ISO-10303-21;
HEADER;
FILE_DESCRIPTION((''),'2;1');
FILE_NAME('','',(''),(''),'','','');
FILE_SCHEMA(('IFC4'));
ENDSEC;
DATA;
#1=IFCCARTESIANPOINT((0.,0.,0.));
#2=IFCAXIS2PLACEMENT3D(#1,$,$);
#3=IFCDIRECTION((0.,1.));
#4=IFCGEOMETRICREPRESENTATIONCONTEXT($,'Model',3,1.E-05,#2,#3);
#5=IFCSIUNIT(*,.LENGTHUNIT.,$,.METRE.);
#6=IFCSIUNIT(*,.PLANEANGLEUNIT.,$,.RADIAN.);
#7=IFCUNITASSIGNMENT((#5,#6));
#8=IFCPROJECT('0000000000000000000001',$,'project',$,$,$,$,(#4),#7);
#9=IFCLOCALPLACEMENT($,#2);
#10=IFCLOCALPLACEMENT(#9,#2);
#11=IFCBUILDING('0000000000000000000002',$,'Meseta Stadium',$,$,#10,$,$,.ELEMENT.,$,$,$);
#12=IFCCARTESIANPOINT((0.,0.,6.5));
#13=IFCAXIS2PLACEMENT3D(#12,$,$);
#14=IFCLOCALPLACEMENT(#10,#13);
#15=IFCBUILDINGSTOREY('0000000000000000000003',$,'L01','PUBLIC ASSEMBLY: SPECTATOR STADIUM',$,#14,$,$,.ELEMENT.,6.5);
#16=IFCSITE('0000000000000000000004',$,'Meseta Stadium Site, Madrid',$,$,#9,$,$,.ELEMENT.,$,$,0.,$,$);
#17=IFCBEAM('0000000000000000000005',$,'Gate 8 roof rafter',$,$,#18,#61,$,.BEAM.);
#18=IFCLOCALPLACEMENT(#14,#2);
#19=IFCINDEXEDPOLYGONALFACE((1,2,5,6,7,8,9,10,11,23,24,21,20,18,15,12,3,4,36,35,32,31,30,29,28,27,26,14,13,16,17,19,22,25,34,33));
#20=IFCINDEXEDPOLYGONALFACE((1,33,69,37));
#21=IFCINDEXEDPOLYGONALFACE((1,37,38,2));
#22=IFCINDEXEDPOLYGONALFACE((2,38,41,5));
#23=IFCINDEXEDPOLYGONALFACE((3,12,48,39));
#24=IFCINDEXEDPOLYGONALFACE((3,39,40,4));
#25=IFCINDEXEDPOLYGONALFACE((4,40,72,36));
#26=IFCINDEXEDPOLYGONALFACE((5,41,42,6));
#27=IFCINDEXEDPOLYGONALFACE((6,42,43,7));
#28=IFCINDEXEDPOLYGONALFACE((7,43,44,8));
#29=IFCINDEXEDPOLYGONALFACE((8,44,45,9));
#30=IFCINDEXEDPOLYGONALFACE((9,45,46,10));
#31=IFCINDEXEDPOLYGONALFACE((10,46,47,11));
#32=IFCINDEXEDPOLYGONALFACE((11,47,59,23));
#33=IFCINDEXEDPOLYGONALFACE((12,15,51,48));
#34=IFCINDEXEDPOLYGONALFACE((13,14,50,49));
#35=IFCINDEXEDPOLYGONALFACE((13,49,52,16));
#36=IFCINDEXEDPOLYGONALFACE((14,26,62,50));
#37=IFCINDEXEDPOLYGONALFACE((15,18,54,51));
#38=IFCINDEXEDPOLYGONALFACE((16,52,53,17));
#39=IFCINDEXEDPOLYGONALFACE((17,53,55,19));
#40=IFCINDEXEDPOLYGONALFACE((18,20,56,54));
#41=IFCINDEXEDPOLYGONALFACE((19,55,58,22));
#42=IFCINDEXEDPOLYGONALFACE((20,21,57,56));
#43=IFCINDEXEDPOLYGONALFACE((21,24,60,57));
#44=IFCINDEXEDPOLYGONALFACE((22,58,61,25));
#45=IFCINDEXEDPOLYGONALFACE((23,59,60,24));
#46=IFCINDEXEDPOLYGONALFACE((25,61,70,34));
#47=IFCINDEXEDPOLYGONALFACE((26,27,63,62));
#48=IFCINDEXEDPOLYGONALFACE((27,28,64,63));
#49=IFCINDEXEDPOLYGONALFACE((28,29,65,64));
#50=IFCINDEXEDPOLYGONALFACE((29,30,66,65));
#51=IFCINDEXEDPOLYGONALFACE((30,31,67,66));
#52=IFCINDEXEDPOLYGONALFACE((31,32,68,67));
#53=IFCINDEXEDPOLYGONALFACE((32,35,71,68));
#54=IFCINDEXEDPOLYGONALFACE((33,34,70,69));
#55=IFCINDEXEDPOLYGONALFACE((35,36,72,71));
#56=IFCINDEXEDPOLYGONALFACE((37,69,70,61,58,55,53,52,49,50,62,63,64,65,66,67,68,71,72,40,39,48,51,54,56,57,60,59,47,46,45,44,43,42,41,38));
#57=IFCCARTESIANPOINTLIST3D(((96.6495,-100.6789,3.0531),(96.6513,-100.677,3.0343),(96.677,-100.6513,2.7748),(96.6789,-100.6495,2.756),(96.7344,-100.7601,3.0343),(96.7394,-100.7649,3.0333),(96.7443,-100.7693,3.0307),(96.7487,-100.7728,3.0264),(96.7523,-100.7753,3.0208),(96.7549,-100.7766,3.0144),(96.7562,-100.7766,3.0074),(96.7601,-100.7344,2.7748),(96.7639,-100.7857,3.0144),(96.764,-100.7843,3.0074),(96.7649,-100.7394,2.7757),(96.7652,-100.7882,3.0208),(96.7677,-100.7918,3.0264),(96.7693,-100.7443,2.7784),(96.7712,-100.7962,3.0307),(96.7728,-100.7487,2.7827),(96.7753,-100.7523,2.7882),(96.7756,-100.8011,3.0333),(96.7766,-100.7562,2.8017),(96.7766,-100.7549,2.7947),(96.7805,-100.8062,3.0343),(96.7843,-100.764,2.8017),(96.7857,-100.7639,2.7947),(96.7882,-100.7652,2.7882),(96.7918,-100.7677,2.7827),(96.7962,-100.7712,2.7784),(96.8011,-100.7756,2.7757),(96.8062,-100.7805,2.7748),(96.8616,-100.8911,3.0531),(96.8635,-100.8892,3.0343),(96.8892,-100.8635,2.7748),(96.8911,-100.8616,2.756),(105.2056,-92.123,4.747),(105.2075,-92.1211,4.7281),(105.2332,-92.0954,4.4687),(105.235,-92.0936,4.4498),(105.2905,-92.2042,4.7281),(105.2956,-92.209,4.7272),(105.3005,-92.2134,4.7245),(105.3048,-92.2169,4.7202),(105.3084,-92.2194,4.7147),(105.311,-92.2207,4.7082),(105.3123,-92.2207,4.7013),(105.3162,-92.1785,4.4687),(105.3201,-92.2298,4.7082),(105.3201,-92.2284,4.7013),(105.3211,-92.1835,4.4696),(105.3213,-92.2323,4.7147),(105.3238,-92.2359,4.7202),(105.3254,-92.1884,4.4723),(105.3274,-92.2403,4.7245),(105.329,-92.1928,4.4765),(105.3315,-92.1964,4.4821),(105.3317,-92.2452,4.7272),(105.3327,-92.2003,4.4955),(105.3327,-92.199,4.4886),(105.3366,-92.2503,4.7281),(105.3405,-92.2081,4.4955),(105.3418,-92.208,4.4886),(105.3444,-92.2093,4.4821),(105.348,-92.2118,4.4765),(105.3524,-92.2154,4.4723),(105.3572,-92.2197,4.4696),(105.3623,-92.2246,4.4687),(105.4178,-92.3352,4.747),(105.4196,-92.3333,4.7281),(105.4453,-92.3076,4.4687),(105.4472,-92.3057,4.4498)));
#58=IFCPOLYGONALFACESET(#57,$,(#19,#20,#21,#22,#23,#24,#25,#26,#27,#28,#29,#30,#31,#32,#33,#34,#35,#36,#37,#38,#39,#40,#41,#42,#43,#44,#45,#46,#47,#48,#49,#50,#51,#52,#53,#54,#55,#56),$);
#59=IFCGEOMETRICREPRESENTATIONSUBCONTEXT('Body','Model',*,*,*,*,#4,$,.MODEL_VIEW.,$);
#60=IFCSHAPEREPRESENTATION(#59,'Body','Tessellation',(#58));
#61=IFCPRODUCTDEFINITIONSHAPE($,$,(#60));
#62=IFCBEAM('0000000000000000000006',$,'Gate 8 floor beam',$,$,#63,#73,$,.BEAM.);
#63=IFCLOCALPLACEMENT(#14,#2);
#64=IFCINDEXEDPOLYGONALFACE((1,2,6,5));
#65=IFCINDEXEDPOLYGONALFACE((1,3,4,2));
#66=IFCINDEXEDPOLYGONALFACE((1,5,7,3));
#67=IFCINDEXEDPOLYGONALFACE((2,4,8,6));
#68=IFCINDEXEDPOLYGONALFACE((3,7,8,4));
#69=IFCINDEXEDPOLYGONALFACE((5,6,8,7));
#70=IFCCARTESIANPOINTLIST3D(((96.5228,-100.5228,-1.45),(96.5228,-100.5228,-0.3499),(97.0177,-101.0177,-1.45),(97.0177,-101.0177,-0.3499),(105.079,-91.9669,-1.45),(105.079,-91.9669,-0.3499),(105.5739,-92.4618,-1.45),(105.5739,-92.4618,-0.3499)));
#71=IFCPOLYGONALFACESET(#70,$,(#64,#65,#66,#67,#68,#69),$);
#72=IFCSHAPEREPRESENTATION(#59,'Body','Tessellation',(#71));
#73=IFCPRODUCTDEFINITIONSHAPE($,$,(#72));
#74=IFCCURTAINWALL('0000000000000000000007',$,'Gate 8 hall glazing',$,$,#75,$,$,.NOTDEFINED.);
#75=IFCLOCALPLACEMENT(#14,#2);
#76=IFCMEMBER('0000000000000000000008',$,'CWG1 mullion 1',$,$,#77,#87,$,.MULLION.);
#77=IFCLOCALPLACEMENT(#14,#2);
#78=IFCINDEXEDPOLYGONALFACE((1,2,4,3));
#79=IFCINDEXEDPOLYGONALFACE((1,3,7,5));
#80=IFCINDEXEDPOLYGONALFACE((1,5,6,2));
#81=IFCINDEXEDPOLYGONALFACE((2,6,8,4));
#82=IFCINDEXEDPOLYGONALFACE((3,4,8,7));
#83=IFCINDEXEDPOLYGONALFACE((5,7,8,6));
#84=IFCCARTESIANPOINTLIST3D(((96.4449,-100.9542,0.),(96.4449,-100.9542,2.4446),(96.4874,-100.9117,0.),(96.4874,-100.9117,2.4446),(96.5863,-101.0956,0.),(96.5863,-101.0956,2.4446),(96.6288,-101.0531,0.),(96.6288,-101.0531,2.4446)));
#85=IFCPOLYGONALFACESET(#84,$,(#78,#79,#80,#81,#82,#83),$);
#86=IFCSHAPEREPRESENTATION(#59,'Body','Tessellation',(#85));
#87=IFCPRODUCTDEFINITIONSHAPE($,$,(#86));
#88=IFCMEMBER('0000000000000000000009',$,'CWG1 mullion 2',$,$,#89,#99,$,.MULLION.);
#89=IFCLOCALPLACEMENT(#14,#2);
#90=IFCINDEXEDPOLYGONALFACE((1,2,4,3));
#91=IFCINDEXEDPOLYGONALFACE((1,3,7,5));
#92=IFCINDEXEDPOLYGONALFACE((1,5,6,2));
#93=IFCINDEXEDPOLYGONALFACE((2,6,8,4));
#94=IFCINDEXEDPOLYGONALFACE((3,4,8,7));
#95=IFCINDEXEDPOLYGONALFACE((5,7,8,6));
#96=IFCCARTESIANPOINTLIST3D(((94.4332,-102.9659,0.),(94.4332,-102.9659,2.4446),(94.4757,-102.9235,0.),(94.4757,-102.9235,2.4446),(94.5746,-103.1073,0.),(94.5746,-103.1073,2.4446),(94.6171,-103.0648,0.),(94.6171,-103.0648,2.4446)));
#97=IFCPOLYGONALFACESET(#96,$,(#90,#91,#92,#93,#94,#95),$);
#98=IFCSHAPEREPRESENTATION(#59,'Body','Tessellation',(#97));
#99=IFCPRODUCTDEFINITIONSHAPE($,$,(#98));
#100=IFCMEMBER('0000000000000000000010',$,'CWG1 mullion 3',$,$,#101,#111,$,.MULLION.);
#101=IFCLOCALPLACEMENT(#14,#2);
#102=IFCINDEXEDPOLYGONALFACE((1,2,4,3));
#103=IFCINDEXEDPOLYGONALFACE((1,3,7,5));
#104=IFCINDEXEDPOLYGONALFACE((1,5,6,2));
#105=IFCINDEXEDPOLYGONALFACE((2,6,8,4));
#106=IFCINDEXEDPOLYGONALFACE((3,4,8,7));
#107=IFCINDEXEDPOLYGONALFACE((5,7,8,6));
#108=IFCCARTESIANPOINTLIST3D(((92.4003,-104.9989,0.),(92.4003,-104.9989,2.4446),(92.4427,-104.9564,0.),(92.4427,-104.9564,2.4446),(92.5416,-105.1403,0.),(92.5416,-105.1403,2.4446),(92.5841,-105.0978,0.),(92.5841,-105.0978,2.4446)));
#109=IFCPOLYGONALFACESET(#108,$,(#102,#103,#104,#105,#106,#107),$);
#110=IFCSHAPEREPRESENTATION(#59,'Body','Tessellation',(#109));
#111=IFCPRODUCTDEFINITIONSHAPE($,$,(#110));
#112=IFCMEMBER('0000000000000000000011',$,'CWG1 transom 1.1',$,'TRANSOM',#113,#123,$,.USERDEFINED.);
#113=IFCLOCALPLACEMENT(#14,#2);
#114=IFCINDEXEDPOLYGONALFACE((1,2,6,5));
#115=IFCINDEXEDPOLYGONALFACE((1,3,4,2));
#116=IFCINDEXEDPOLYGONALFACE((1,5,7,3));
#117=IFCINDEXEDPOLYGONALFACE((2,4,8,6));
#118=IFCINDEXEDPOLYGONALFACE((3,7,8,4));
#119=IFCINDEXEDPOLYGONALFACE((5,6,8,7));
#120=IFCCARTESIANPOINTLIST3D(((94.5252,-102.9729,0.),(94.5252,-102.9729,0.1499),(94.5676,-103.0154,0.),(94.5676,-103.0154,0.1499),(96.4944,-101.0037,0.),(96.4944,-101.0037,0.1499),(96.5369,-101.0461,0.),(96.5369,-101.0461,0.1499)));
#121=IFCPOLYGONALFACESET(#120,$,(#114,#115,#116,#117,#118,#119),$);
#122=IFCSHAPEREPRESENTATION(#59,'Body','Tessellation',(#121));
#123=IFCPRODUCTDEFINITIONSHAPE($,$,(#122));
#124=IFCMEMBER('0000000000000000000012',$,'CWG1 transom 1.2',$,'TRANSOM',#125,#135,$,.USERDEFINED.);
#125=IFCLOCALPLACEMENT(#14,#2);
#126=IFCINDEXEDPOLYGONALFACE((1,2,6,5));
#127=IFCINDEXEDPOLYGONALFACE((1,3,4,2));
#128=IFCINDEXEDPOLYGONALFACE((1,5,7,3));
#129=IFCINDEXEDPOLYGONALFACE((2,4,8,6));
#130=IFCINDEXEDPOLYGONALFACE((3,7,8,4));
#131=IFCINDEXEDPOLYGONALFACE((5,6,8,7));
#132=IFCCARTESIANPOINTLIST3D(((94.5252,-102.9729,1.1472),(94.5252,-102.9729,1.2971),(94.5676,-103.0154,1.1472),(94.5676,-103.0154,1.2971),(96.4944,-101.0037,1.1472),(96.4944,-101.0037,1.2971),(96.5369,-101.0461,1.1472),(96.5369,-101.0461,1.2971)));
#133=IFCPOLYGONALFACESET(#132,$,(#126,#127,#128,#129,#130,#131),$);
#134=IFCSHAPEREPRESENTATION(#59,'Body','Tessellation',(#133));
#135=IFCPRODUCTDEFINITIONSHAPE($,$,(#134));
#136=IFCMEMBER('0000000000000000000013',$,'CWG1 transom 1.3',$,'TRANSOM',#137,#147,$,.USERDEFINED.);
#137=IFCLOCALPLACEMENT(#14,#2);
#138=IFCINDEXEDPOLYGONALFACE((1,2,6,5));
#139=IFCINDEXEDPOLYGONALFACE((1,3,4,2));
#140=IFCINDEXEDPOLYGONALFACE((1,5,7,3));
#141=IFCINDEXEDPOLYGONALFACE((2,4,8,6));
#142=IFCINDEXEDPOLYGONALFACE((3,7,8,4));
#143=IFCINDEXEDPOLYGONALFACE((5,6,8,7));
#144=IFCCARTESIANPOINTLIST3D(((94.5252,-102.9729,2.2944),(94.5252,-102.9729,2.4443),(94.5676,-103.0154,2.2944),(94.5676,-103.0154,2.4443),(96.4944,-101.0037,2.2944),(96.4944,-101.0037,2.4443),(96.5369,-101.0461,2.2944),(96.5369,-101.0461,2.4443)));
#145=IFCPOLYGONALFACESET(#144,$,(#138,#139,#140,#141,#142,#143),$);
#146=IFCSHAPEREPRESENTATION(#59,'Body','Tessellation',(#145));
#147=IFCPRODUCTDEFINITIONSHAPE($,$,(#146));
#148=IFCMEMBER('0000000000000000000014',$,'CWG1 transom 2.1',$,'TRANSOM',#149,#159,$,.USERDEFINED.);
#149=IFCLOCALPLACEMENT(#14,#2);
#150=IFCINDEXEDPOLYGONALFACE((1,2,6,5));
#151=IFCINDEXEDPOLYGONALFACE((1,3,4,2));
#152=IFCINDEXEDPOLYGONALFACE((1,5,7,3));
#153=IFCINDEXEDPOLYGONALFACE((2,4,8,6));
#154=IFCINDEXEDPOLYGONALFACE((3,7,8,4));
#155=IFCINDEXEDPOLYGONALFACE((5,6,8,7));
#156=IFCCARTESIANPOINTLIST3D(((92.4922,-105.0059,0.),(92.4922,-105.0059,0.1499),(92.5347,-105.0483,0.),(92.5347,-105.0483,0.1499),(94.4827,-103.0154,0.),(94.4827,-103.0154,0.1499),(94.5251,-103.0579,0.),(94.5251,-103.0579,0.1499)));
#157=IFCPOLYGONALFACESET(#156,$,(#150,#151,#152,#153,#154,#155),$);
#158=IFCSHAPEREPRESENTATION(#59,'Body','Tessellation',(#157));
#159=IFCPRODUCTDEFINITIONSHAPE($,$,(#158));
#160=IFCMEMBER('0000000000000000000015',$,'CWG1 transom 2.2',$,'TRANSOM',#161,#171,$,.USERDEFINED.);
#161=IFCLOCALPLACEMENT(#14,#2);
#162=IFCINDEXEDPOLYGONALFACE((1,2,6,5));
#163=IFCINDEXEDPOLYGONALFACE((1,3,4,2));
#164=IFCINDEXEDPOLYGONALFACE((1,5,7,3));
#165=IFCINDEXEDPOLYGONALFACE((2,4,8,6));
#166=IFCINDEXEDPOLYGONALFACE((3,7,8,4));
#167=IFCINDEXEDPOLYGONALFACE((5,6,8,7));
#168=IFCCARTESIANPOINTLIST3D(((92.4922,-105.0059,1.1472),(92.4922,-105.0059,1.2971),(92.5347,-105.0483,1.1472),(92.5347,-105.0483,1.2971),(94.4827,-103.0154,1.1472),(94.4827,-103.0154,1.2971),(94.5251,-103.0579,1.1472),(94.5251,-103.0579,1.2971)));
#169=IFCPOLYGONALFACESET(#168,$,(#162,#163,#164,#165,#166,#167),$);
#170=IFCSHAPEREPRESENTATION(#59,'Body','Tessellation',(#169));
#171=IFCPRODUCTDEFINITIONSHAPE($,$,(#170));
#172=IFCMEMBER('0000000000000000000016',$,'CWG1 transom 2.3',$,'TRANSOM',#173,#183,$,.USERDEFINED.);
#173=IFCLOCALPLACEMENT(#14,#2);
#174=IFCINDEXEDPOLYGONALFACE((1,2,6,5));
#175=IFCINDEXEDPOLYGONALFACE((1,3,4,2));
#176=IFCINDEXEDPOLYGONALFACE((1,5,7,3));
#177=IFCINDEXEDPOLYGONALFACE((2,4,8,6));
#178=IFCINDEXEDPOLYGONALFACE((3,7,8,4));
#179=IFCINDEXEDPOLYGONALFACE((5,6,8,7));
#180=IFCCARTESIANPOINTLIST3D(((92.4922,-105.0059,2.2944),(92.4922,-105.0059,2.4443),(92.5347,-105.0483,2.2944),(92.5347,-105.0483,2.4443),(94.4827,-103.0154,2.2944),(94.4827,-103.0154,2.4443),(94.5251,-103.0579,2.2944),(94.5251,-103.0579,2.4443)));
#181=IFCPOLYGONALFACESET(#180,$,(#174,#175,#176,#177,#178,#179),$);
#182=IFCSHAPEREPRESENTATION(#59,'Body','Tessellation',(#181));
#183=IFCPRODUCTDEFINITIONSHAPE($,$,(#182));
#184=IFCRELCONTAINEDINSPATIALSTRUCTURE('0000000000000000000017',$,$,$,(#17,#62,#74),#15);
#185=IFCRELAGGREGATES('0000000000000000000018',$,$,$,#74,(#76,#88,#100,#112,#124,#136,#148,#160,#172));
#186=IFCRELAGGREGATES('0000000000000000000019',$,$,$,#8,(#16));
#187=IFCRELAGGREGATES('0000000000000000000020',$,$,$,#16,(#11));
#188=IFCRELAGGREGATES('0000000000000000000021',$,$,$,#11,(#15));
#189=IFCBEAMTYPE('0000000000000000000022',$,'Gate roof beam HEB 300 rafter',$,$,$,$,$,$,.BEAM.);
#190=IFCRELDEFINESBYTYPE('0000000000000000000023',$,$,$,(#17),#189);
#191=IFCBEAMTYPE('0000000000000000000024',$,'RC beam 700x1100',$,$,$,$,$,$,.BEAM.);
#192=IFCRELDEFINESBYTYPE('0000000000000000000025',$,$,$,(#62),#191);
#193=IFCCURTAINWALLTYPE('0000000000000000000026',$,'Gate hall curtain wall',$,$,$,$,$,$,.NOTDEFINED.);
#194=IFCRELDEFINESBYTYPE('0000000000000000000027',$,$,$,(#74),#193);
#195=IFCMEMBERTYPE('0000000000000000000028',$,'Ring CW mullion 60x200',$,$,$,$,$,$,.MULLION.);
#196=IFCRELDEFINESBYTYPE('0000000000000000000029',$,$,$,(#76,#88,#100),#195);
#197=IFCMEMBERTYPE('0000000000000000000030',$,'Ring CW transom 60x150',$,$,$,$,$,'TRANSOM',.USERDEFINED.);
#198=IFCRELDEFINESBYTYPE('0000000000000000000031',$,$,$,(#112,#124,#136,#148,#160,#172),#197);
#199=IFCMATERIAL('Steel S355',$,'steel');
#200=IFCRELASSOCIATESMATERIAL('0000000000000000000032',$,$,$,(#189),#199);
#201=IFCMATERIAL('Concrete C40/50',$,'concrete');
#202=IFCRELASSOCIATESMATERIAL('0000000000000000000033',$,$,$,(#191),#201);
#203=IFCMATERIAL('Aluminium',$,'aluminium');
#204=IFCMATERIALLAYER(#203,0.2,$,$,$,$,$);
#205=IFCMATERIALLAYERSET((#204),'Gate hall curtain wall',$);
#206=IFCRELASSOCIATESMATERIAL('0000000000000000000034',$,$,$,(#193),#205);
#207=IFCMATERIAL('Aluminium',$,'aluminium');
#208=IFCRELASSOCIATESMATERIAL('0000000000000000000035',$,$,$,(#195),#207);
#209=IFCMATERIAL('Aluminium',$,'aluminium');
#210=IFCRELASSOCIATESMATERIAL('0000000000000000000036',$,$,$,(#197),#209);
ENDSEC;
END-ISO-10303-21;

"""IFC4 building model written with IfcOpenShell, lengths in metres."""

from ifc_helpers import new_model, si_unit, direction, frame, origin, origin_2d, place, context, subcontext, project, spatial, rectangle, i_section, extrude, material, layer, layer_set, material_profile, profile_set, type_object, element, aggregate, save


model = new_model("IFC4")

# Units and contexts
model_context = context("Model", 3, precision=1e-05, world=origin(), true_north=direction((0.0, 1.0)))
body_context = subcontext(model_context, "Body", "Model", "MODEL_VIEW")
ifc_project = project(units=[si_unit("LENGTHUNIT", "METRE"), si_unit("PLANEANGLEUNIT", "RADIAN")], contexts=[model_context])

# Site, building, storey
site_placement = place(None, origin())
site = spatial("IfcSite", under=ifc_project, at=site_placement, Name="Meseta Stadium Site, Madrid", CompositionType="ELEMENT", RefElevation=0.0)
building_placement = place(site_placement, origin())
building = spatial("IfcBuilding", under=site, at=building_placement, Name="Meseta Stadium", CompositionType="ELEMENT")
storey_placement = place(building_placement, frame((0.0, 0.0, 6.5)))
storey = spatial("IfcBuildingStorey", under=building, at=storey_placement, Name="L01", Description="PUBLIC ASSEMBLY: SPECTATOR STADIUM", CompositionType="ELEMENT", Elevation=6.5)

# Beams
ifc_material_1 = material(Name="Steel S355", Category="steel")
ifc_material_profile_1 = material_profile(ifc_material_1, i_section(OverallWidth=0.3, OverallDepth=0.3, WebThickness=0.011, FlangeThickness=0.019, FilletRadius=0.0271, at=origin_2d()), Name="HEB 300")
ifc_profile_set_1 = profile_set([ifc_material_profile_1], Name="Steel S355")
beam_type_1 = type_object("IfcBeamType", Name="Gate roof beam HEB 300 rafter", PredefinedType="BEAM", material=ifc_profile_set_1)
beam_1_placement = place(storey_placement, frame((96.7703, -100.7703, 2.9045), z_axis=(0.700289, 0.700269, 0.138635), x_axis=(-0.707097, 0.707117, 0.0)))
element("IfcBeam", 1, at=beam_1_placement, inside=storey, type_object=beam_type_1, Name="Gate 8 roof rafter", PredefinedType="BEAM", context=body_context, shape_type="SweptSolid", body=[
    extrude(i_section(OverallWidth=0.3, OverallDepth=0.3, WebThickness=0.011, FlangeThickness=0.019, FilletRadius=0.0271, at=origin_2d()), origin(), (0.0, 0.0, 1.0), 12.218),
])
ifc_material_2 = material(Name="Concrete C40/50", Category="concrete")
ifc_material_profile_2 = material_profile(ifc_material_2, rectangle(XDim=0.7, YDim=1.1001, at=origin_2d()), Name="RC 700x1100")
ifc_profile_set_2 = profile_set([ifc_material_profile_2], Name="Concrete C40/50")
beam_type_2 = type_object("IfcBeamType", Name="RC beam 700x1100", PredefinedType="BEAM", material=ifc_profile_set_2)
beam_2_placement = place(storey_placement, frame((96.7703, -100.7703, -0.8999), z_axis=(0.707117, 0.707097, 0.0), x_axis=(-0.707097, 0.707117, 0.0)))
element("IfcBeam", 2, at=beam_2_placement, inside=storey, type_object=beam_type_2, Name="Gate 8 floor beam", PredefinedType="BEAM", context=body_context, shape_type="SweptSolid", body=[
    extrude(rectangle(XDim=0.7, YDim=1.1001, at=origin_2d()), origin(), (0.0, 0.0, 1.0), 12.1001),
])

# Curtain wall, members
ifc_material_3 = material(Name="Aluminium", Category="aluminium")
ifc_layer_1 = layer(ifc_material_3, 0.2)
ifc_layer_set_1 = layer_set([ifc_layer_1], Name="Gate hall curtain wall")
curtain_wall_type = type_object("IfcCurtainWallType", Name="Gate hall curtain wall", PredefinedType="NOTDEFINED", material=ifc_layer_set_1)
curtain_wall_placement = place(storey_placement, origin())
curtain_wall = element("IfcCurtainWall", 3, at=curtain_wall_placement, inside=storey, type_object=curtain_wall_type, Name="Gate 8 hall glazing", PredefinedType="NOTDEFINED")
ifc_material_4 = material(Name="Aluminium", Category="aluminium")
ifc_material_profile_3 = material_profile(ifc_material_4, rectangle(XDim=0.2, YDim=0.0601, at=origin_2d()), Name="CW 200x60")
ifc_profile_set_3 = profile_set([ifc_material_profile_3], Name="Aluminium")
member_type_1 = type_object("IfcMemberType", Name="Ring CW mullion 60x200", PredefinedType="MULLION", material=ifc_profile_set_3)
member_1_placement = place(storey_placement, frame((96.5369, -101.0037, 0.0), z_axis=(0.0, 0.0, 1.0), x_axis=(0.707107, -0.707107, 0.0)))
member_1 = element("IfcMember", 4, at=member_1_placement, type_object=member_type_1, Name="CWG1 mullion 1", PredefinedType="MULLION", context=body_context, shape_type="SweptSolid", body=[
    extrude(rectangle(XDim=0.2, YDim=0.0601, at=origin_2d()), origin(), (0.0, 0.0, 1.0), 2.4446),
])
member_2_placement = place(storey_placement, frame((94.5251, -103.0154, 0.0), z_axis=(0.0, 0.0, 1.0), x_axis=(0.707107, -0.707107, 0.0)))
member_2 = element("IfcMember", 5, at=member_2_placement, type_object=member_type_1, Name="CWG1 mullion 2", PredefinedType="MULLION", context=body_context, shape_type="SweptSolid", body=[
    extrude(rectangle(XDim=0.2, YDim=0.0601, at=origin_2d()), origin(), (0.0, 0.0, 1.0), 2.4446),
])
member_3_placement = place(storey_placement, frame((92.4922, -105.0483, 0.0), z_axis=(0.0, 0.0, 1.0), x_axis=(0.707107, -0.707107, 0.0)))
member_3 = element("IfcMember", 6, at=member_3_placement, type_object=member_type_1, Name="CWG1 mullion 3", PredefinedType="MULLION", context=body_context, shape_type="SweptSolid", body=[
    extrude(rectangle(XDim=0.2, YDim=0.0601, at=origin_2d()), origin(), (0.0, 0.0, 1.0), 2.4446),
])
ifc_material_5 = material(Name="Aluminium", Category="aluminium")
ifc_material_profile_4 = material_profile(ifc_material_5, rectangle(XDim=0.0601, YDim=0.1499, at=origin_2d()), Name="CW 60x150")
ifc_profile_set_4 = profile_set([ifc_material_profile_4], Name="Aluminium")
member_type_2 = type_object("IfcMemberType", Name="Ring CW transom 60x150", ElementType="TRANSOM", PredefinedType="USERDEFINED", material=ifc_profile_set_4)
member_4_placement = place(storey_placement, frame((96.5156, -101.0249, 0.075), z_axis=(-0.707107, -0.707107, 0.0), x_axis=(0.707107, -0.707107, 0.0)))
member_4 = element("IfcMember", 7, at=member_4_placement, type_object=member_type_2, Name="CWG1 transom 1.1", ObjectType="TRANSOM", PredefinedType="USERDEFINED", context=body_context, shape_type="SweptSolid", body=[
    extrude(rectangle(XDim=0.0601, YDim=0.1499, at=origin_2d()), origin(), (0.0, 0.0, 1.0), 2.7849),
])
member_5_placement = place(storey_placement, frame((96.5156, -101.0249, 1.2222), z_axis=(-0.707107, -0.707107, 0.0), x_axis=(0.707107, -0.707107, 0.0)))
member_5 = element("IfcMember", 8, at=member_5_placement, type_object=member_type_2, Name="CWG1 transom 1.2", ObjectType="TRANSOM", PredefinedType="USERDEFINED", context=body_context, shape_type="SweptSolid", body=[
    extrude(rectangle(XDim=0.0601, YDim=0.1499, at=origin_2d()), origin(), (0.0, 0.0, 1.0), 2.7849),
])
member_6_placement = place(storey_placement, frame((96.5156, -101.0249, 2.3694), z_axis=(-0.707107, -0.707107, 0.0), x_axis=(0.707107, -0.707107, 0.0)))
member_6 = element("IfcMember", 9, at=member_6_placement, type_object=member_type_2, Name="CWG1 transom 1.3", ObjectType="TRANSOM", PredefinedType="USERDEFINED", context=body_context, shape_type="SweptSolid", body=[
    extrude(rectangle(XDim=0.0601, YDim=0.1499, at=origin_2d()), origin(), (0.0, 0.0, 1.0), 2.7849),
])
member_7_placement = place(storey_placement, frame((94.5039, -103.0366, 0.075), z_axis=(-0.707107, -0.707107, 0.0), x_axis=(0.707107, -0.707107, 0.0)))
member_7 = element("IfcMember", 10, at=member_7_placement, type_object=member_type_2, Name="CWG1 transom 2.1", ObjectType="TRANSOM", PredefinedType="USERDEFINED", context=body_context, shape_type="SweptSolid", body=[
    extrude(rectangle(XDim=0.0601, YDim=0.1499, at=origin_2d()), origin(), (0.0, 0.0, 1.0), 2.8149),
])
member_8_placement = place(storey_placement, frame((94.5039, -103.0366, 1.2222), z_axis=(-0.707107, -0.707107, 0.0), x_axis=(0.707107, -0.707107, 0.0)))
member_8 = element("IfcMember", 11, at=member_8_placement, type_object=member_type_2, Name="CWG1 transom 2.2", ObjectType="TRANSOM", PredefinedType="USERDEFINED", context=body_context, shape_type="SweptSolid", body=[
    extrude(rectangle(XDim=0.0601, YDim=0.1499, at=origin_2d()), origin(), (0.0, 0.0, 1.0), 2.8149),
])
member_9_placement = place(storey_placement, frame((94.5039, -103.0366, 2.3694), z_axis=(-0.707107, -0.707107, 0.0), x_axis=(0.707107, -0.707107, 0.0)))
member_9 = element("IfcMember", 12, at=member_9_placement, type_object=member_type_2, Name="CWG1 transom 2.3", ObjectType="TRANSOM", PredefinedType="USERDEFINED", context=body_context, shape_type="SweptSolid", body=[
    extrude(rectangle(XDim=0.0601, YDim=0.1499, at=origin_2d()), origin(), (0.0, 0.0, 1.0), 2.8149),
])

aggregate(curtain_wall, [member_1, member_2, member_3, member_4, member_5, member_6, member_7, member_8, member_9])

save(model, "model.ifc")
